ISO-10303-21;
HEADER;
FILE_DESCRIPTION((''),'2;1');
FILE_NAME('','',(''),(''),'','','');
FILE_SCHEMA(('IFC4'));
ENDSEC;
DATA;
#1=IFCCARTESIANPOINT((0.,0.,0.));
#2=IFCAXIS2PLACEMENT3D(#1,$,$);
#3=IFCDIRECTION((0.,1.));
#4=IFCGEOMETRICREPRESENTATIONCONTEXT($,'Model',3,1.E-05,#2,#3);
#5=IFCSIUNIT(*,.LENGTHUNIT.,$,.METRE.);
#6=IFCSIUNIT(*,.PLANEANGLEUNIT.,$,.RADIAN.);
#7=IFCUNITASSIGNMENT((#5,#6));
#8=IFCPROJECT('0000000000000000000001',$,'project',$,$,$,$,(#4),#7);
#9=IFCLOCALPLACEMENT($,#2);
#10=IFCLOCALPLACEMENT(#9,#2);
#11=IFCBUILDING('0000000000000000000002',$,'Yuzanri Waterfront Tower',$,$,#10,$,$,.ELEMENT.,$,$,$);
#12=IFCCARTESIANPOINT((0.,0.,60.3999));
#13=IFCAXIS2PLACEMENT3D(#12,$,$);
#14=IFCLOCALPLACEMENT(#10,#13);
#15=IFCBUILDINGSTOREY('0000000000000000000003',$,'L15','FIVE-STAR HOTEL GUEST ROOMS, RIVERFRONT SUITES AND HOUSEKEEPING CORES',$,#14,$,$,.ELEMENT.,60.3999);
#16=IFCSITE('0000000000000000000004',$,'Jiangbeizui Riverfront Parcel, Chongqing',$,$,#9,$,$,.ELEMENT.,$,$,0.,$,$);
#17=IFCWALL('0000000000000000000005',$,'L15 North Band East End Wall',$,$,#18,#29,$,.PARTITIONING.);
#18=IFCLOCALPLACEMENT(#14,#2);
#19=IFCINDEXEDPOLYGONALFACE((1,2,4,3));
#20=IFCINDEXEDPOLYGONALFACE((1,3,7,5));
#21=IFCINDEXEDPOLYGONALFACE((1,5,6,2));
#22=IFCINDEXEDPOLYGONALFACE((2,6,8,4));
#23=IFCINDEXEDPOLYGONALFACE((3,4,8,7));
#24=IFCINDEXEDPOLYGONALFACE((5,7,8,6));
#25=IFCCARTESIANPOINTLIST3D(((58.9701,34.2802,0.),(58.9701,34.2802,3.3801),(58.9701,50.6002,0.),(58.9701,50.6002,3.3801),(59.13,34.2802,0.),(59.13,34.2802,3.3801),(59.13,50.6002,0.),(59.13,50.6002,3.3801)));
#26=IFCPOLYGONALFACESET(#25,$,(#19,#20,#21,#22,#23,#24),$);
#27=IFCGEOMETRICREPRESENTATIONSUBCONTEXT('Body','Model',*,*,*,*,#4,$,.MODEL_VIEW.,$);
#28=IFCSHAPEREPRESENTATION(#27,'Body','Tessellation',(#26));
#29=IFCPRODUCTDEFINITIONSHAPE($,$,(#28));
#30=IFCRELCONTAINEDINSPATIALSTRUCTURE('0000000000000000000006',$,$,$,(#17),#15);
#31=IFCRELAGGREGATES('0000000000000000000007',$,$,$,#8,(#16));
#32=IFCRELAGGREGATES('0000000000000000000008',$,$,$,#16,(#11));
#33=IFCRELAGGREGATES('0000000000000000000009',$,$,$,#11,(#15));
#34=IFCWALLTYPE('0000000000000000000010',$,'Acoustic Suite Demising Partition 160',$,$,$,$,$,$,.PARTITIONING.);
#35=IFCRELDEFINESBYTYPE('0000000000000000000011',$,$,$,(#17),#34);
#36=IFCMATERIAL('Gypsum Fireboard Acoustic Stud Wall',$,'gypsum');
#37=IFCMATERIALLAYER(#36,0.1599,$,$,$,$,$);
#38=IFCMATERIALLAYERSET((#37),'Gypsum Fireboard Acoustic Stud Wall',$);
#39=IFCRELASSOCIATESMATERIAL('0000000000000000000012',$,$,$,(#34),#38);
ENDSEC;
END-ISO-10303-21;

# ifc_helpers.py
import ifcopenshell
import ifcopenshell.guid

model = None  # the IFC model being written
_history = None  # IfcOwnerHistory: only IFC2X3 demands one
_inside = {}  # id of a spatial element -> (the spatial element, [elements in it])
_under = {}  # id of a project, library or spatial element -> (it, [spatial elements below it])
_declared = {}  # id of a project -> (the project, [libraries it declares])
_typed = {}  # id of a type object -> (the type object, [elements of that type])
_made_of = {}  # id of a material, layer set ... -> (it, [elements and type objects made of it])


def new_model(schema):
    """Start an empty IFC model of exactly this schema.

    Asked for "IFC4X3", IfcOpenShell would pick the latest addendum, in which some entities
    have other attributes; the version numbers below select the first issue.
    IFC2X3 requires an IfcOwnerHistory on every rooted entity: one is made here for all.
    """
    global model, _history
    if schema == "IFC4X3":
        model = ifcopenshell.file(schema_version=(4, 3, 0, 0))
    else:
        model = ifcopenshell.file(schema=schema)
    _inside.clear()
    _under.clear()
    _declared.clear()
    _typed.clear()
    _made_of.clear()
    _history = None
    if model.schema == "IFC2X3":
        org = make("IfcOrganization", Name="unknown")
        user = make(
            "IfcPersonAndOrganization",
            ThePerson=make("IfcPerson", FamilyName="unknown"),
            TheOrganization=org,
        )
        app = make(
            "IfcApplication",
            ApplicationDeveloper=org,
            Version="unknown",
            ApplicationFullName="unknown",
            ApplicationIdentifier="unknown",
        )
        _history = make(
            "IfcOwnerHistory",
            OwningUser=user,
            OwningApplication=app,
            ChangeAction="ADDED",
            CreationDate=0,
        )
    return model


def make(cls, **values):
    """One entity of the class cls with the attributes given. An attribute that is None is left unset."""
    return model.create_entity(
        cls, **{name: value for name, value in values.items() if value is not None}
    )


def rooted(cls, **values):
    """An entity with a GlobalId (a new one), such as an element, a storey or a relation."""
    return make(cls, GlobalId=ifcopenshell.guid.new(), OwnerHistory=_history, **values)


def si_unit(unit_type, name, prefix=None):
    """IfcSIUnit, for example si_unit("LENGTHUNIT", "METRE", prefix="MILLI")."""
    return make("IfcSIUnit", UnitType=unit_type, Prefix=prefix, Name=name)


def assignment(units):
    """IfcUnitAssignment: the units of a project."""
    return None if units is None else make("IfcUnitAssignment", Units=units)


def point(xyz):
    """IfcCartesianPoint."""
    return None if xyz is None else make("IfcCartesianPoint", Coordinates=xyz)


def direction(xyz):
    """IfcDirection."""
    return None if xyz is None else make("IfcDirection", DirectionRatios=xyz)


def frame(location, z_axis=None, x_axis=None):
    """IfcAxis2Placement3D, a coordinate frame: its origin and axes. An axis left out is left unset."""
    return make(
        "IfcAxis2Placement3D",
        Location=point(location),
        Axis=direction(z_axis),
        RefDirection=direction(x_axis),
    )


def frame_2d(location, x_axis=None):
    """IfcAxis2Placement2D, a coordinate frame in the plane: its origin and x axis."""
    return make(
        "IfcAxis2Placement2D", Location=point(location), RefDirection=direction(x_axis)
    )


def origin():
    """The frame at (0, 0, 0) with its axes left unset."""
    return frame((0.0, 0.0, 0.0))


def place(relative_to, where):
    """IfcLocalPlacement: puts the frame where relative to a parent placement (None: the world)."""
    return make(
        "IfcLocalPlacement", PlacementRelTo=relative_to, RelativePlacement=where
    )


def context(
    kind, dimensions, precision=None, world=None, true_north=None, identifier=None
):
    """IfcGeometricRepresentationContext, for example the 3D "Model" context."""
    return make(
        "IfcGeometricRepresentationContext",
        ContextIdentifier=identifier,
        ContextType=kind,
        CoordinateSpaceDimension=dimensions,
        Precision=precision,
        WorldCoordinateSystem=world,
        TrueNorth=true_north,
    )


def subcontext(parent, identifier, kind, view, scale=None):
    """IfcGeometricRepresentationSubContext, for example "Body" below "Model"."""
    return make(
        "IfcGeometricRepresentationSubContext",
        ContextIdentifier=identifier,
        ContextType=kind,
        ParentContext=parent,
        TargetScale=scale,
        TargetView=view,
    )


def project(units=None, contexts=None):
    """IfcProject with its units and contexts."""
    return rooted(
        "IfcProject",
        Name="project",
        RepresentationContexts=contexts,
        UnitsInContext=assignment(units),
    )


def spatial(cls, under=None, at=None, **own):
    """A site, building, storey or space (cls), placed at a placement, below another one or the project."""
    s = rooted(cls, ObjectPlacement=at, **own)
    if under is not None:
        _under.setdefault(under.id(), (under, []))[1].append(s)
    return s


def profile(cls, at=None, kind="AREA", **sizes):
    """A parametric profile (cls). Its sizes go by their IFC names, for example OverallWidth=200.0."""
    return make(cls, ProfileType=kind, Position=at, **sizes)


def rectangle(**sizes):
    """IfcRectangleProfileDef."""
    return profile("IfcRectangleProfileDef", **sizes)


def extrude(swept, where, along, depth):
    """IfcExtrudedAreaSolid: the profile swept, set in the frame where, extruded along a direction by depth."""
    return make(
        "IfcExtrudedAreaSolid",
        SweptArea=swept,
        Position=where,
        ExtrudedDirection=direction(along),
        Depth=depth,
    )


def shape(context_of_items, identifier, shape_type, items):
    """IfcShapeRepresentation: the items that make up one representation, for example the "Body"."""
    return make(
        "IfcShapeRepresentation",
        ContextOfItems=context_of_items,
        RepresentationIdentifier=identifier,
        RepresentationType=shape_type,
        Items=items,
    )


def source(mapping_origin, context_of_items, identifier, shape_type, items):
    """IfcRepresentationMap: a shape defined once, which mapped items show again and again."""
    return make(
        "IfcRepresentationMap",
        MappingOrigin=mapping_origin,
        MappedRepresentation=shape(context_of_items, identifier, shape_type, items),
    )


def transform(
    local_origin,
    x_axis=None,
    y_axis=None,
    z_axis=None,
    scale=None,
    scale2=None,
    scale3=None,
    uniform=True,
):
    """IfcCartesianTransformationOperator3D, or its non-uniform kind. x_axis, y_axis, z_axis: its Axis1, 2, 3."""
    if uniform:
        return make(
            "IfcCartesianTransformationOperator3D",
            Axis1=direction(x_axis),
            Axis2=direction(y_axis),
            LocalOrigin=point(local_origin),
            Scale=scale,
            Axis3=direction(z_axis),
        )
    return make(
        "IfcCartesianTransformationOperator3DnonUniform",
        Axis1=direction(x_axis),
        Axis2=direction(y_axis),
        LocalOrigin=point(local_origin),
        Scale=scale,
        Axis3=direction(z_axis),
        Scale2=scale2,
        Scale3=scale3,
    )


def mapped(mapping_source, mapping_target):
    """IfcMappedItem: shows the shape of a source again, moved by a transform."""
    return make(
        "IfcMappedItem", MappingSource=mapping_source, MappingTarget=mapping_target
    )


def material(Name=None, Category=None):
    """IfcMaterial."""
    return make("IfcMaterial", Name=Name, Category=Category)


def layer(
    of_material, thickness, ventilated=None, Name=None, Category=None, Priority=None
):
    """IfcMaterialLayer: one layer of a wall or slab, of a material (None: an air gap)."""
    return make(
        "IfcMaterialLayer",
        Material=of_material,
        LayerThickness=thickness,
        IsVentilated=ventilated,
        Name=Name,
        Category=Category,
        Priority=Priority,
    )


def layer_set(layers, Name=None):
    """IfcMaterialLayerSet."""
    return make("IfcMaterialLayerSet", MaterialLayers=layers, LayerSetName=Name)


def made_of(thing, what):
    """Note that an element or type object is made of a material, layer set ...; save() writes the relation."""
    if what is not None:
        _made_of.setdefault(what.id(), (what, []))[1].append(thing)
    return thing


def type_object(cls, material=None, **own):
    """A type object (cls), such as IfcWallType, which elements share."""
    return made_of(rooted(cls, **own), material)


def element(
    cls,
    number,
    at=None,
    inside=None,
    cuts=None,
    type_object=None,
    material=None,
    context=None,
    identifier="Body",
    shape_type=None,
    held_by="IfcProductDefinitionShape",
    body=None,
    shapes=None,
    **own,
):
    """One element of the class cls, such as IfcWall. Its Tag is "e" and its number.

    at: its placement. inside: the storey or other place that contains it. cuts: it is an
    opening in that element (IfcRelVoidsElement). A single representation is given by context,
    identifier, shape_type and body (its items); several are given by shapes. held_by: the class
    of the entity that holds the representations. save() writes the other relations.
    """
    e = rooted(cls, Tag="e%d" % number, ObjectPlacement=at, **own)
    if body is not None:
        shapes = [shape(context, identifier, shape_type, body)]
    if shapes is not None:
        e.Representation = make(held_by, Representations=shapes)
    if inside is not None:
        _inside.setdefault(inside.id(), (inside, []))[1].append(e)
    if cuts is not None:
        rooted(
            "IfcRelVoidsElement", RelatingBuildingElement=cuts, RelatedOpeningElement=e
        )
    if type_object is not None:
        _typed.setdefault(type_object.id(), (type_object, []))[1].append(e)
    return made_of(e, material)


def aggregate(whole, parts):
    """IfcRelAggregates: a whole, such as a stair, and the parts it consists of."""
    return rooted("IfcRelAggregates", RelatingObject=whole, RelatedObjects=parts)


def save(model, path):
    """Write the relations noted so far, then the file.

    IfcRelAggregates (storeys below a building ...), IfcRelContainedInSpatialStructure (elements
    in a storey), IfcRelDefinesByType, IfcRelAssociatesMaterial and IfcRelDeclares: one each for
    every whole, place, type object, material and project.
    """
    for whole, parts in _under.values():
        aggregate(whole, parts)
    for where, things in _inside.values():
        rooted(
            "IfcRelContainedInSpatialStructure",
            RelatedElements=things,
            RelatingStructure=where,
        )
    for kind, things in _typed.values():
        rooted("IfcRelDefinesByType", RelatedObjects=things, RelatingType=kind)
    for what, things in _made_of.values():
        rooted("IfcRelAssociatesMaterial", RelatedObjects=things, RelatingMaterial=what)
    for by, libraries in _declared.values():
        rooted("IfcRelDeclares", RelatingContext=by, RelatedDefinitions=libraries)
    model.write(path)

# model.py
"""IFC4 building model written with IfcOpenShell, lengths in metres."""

from ifc_helpers import new_model, si_unit, direction, frame, frame_2d, origin, place, context, subcontext, project, spatial, rectangle, extrude, source, transform, mapped, material, layer, layer_set, type_object, element, save


model = new_model("IFC4")

# Units and contexts
model_context = context("Model", 3, precision=1e-05, world=origin(), true_north=direction((0.0, 1.0)))
body_context = subcontext(model_context, "Body", "Model", "MODEL_VIEW")
ifc_project = project(units=[si_unit("LENGTHUNIT", "METRE"), si_unit("PLANEANGLEUNIT", "RADIAN")], contexts=[model_context])

# Site, building, storey
site_placement = place(None, origin())
site = spatial("IfcSite", under=ifc_project, at=site_placement, Name="Jiangbeizui Riverfront Parcel, Chongqing", CompositionType="ELEMENT", RefElevation=0.0)
building_placement = place(site_placement, origin())
building = spatial("IfcBuilding", under=site, at=building_placement, Name="Yuzanri Waterfront Tower", CompositionType="ELEMENT")
storey_placement = place(building_placement, frame((0.0, 0.0, 60.3999)))
storey = spatial("IfcBuildingStorey", under=building, at=storey_placement, Name="L15", Description="FIVE-STAR HOTEL GUEST ROOMS, RIVERFRONT SUITES AND HOUSEKEEPING CORES", CompositionType="ELEMENT", Elevation=60.3999)

# Wall
ifc_material_1 = material(Name="Gypsum Fireboard Acoustic Stud Wall", Category="gypsum")
ifc_layer_1 = layer(ifc_material_1, 0.1599)
ifc_layer_set_1 = layer_set([ifc_layer_1], Name="Gypsum Fireboard Acoustic Stud Wall")
wall_type_1 = type_object("IfcWallType", Name="Acoustic Suite Demising Partition 160", PredefinedType="PARTITIONING", material=ifc_layer_set_1)
shared_shape_1 = source(origin(), body_context, "Body", "SweptSolid", [
    extrude(rectangle(XDim=16.3201, YDim=0.1599, at=frame_2d((8.1602, 0.0))), origin(), (0.0, 0.0, 1.0), 3.3801),
])
wall_1_placement = place(storey_placement, frame((59.05, 34.28, 0.0), z_axis=(0.0, 0.0, 1.0), x_axis=(0.0, 1.0, 0.0)))
element("IfcWall", 1, at=wall_1_placement, inside=storey, type_object=wall_type_1, Name="L15 North Band East End Wall", PredefinedType="PARTITIONING", context=body_context, shape_type="MappedRepresentation", body=[
    mapped(shared_shape_1, transform((0.0, 0.0, 0.0), scale=1.0)),
])

save(model, "model.ifc")
